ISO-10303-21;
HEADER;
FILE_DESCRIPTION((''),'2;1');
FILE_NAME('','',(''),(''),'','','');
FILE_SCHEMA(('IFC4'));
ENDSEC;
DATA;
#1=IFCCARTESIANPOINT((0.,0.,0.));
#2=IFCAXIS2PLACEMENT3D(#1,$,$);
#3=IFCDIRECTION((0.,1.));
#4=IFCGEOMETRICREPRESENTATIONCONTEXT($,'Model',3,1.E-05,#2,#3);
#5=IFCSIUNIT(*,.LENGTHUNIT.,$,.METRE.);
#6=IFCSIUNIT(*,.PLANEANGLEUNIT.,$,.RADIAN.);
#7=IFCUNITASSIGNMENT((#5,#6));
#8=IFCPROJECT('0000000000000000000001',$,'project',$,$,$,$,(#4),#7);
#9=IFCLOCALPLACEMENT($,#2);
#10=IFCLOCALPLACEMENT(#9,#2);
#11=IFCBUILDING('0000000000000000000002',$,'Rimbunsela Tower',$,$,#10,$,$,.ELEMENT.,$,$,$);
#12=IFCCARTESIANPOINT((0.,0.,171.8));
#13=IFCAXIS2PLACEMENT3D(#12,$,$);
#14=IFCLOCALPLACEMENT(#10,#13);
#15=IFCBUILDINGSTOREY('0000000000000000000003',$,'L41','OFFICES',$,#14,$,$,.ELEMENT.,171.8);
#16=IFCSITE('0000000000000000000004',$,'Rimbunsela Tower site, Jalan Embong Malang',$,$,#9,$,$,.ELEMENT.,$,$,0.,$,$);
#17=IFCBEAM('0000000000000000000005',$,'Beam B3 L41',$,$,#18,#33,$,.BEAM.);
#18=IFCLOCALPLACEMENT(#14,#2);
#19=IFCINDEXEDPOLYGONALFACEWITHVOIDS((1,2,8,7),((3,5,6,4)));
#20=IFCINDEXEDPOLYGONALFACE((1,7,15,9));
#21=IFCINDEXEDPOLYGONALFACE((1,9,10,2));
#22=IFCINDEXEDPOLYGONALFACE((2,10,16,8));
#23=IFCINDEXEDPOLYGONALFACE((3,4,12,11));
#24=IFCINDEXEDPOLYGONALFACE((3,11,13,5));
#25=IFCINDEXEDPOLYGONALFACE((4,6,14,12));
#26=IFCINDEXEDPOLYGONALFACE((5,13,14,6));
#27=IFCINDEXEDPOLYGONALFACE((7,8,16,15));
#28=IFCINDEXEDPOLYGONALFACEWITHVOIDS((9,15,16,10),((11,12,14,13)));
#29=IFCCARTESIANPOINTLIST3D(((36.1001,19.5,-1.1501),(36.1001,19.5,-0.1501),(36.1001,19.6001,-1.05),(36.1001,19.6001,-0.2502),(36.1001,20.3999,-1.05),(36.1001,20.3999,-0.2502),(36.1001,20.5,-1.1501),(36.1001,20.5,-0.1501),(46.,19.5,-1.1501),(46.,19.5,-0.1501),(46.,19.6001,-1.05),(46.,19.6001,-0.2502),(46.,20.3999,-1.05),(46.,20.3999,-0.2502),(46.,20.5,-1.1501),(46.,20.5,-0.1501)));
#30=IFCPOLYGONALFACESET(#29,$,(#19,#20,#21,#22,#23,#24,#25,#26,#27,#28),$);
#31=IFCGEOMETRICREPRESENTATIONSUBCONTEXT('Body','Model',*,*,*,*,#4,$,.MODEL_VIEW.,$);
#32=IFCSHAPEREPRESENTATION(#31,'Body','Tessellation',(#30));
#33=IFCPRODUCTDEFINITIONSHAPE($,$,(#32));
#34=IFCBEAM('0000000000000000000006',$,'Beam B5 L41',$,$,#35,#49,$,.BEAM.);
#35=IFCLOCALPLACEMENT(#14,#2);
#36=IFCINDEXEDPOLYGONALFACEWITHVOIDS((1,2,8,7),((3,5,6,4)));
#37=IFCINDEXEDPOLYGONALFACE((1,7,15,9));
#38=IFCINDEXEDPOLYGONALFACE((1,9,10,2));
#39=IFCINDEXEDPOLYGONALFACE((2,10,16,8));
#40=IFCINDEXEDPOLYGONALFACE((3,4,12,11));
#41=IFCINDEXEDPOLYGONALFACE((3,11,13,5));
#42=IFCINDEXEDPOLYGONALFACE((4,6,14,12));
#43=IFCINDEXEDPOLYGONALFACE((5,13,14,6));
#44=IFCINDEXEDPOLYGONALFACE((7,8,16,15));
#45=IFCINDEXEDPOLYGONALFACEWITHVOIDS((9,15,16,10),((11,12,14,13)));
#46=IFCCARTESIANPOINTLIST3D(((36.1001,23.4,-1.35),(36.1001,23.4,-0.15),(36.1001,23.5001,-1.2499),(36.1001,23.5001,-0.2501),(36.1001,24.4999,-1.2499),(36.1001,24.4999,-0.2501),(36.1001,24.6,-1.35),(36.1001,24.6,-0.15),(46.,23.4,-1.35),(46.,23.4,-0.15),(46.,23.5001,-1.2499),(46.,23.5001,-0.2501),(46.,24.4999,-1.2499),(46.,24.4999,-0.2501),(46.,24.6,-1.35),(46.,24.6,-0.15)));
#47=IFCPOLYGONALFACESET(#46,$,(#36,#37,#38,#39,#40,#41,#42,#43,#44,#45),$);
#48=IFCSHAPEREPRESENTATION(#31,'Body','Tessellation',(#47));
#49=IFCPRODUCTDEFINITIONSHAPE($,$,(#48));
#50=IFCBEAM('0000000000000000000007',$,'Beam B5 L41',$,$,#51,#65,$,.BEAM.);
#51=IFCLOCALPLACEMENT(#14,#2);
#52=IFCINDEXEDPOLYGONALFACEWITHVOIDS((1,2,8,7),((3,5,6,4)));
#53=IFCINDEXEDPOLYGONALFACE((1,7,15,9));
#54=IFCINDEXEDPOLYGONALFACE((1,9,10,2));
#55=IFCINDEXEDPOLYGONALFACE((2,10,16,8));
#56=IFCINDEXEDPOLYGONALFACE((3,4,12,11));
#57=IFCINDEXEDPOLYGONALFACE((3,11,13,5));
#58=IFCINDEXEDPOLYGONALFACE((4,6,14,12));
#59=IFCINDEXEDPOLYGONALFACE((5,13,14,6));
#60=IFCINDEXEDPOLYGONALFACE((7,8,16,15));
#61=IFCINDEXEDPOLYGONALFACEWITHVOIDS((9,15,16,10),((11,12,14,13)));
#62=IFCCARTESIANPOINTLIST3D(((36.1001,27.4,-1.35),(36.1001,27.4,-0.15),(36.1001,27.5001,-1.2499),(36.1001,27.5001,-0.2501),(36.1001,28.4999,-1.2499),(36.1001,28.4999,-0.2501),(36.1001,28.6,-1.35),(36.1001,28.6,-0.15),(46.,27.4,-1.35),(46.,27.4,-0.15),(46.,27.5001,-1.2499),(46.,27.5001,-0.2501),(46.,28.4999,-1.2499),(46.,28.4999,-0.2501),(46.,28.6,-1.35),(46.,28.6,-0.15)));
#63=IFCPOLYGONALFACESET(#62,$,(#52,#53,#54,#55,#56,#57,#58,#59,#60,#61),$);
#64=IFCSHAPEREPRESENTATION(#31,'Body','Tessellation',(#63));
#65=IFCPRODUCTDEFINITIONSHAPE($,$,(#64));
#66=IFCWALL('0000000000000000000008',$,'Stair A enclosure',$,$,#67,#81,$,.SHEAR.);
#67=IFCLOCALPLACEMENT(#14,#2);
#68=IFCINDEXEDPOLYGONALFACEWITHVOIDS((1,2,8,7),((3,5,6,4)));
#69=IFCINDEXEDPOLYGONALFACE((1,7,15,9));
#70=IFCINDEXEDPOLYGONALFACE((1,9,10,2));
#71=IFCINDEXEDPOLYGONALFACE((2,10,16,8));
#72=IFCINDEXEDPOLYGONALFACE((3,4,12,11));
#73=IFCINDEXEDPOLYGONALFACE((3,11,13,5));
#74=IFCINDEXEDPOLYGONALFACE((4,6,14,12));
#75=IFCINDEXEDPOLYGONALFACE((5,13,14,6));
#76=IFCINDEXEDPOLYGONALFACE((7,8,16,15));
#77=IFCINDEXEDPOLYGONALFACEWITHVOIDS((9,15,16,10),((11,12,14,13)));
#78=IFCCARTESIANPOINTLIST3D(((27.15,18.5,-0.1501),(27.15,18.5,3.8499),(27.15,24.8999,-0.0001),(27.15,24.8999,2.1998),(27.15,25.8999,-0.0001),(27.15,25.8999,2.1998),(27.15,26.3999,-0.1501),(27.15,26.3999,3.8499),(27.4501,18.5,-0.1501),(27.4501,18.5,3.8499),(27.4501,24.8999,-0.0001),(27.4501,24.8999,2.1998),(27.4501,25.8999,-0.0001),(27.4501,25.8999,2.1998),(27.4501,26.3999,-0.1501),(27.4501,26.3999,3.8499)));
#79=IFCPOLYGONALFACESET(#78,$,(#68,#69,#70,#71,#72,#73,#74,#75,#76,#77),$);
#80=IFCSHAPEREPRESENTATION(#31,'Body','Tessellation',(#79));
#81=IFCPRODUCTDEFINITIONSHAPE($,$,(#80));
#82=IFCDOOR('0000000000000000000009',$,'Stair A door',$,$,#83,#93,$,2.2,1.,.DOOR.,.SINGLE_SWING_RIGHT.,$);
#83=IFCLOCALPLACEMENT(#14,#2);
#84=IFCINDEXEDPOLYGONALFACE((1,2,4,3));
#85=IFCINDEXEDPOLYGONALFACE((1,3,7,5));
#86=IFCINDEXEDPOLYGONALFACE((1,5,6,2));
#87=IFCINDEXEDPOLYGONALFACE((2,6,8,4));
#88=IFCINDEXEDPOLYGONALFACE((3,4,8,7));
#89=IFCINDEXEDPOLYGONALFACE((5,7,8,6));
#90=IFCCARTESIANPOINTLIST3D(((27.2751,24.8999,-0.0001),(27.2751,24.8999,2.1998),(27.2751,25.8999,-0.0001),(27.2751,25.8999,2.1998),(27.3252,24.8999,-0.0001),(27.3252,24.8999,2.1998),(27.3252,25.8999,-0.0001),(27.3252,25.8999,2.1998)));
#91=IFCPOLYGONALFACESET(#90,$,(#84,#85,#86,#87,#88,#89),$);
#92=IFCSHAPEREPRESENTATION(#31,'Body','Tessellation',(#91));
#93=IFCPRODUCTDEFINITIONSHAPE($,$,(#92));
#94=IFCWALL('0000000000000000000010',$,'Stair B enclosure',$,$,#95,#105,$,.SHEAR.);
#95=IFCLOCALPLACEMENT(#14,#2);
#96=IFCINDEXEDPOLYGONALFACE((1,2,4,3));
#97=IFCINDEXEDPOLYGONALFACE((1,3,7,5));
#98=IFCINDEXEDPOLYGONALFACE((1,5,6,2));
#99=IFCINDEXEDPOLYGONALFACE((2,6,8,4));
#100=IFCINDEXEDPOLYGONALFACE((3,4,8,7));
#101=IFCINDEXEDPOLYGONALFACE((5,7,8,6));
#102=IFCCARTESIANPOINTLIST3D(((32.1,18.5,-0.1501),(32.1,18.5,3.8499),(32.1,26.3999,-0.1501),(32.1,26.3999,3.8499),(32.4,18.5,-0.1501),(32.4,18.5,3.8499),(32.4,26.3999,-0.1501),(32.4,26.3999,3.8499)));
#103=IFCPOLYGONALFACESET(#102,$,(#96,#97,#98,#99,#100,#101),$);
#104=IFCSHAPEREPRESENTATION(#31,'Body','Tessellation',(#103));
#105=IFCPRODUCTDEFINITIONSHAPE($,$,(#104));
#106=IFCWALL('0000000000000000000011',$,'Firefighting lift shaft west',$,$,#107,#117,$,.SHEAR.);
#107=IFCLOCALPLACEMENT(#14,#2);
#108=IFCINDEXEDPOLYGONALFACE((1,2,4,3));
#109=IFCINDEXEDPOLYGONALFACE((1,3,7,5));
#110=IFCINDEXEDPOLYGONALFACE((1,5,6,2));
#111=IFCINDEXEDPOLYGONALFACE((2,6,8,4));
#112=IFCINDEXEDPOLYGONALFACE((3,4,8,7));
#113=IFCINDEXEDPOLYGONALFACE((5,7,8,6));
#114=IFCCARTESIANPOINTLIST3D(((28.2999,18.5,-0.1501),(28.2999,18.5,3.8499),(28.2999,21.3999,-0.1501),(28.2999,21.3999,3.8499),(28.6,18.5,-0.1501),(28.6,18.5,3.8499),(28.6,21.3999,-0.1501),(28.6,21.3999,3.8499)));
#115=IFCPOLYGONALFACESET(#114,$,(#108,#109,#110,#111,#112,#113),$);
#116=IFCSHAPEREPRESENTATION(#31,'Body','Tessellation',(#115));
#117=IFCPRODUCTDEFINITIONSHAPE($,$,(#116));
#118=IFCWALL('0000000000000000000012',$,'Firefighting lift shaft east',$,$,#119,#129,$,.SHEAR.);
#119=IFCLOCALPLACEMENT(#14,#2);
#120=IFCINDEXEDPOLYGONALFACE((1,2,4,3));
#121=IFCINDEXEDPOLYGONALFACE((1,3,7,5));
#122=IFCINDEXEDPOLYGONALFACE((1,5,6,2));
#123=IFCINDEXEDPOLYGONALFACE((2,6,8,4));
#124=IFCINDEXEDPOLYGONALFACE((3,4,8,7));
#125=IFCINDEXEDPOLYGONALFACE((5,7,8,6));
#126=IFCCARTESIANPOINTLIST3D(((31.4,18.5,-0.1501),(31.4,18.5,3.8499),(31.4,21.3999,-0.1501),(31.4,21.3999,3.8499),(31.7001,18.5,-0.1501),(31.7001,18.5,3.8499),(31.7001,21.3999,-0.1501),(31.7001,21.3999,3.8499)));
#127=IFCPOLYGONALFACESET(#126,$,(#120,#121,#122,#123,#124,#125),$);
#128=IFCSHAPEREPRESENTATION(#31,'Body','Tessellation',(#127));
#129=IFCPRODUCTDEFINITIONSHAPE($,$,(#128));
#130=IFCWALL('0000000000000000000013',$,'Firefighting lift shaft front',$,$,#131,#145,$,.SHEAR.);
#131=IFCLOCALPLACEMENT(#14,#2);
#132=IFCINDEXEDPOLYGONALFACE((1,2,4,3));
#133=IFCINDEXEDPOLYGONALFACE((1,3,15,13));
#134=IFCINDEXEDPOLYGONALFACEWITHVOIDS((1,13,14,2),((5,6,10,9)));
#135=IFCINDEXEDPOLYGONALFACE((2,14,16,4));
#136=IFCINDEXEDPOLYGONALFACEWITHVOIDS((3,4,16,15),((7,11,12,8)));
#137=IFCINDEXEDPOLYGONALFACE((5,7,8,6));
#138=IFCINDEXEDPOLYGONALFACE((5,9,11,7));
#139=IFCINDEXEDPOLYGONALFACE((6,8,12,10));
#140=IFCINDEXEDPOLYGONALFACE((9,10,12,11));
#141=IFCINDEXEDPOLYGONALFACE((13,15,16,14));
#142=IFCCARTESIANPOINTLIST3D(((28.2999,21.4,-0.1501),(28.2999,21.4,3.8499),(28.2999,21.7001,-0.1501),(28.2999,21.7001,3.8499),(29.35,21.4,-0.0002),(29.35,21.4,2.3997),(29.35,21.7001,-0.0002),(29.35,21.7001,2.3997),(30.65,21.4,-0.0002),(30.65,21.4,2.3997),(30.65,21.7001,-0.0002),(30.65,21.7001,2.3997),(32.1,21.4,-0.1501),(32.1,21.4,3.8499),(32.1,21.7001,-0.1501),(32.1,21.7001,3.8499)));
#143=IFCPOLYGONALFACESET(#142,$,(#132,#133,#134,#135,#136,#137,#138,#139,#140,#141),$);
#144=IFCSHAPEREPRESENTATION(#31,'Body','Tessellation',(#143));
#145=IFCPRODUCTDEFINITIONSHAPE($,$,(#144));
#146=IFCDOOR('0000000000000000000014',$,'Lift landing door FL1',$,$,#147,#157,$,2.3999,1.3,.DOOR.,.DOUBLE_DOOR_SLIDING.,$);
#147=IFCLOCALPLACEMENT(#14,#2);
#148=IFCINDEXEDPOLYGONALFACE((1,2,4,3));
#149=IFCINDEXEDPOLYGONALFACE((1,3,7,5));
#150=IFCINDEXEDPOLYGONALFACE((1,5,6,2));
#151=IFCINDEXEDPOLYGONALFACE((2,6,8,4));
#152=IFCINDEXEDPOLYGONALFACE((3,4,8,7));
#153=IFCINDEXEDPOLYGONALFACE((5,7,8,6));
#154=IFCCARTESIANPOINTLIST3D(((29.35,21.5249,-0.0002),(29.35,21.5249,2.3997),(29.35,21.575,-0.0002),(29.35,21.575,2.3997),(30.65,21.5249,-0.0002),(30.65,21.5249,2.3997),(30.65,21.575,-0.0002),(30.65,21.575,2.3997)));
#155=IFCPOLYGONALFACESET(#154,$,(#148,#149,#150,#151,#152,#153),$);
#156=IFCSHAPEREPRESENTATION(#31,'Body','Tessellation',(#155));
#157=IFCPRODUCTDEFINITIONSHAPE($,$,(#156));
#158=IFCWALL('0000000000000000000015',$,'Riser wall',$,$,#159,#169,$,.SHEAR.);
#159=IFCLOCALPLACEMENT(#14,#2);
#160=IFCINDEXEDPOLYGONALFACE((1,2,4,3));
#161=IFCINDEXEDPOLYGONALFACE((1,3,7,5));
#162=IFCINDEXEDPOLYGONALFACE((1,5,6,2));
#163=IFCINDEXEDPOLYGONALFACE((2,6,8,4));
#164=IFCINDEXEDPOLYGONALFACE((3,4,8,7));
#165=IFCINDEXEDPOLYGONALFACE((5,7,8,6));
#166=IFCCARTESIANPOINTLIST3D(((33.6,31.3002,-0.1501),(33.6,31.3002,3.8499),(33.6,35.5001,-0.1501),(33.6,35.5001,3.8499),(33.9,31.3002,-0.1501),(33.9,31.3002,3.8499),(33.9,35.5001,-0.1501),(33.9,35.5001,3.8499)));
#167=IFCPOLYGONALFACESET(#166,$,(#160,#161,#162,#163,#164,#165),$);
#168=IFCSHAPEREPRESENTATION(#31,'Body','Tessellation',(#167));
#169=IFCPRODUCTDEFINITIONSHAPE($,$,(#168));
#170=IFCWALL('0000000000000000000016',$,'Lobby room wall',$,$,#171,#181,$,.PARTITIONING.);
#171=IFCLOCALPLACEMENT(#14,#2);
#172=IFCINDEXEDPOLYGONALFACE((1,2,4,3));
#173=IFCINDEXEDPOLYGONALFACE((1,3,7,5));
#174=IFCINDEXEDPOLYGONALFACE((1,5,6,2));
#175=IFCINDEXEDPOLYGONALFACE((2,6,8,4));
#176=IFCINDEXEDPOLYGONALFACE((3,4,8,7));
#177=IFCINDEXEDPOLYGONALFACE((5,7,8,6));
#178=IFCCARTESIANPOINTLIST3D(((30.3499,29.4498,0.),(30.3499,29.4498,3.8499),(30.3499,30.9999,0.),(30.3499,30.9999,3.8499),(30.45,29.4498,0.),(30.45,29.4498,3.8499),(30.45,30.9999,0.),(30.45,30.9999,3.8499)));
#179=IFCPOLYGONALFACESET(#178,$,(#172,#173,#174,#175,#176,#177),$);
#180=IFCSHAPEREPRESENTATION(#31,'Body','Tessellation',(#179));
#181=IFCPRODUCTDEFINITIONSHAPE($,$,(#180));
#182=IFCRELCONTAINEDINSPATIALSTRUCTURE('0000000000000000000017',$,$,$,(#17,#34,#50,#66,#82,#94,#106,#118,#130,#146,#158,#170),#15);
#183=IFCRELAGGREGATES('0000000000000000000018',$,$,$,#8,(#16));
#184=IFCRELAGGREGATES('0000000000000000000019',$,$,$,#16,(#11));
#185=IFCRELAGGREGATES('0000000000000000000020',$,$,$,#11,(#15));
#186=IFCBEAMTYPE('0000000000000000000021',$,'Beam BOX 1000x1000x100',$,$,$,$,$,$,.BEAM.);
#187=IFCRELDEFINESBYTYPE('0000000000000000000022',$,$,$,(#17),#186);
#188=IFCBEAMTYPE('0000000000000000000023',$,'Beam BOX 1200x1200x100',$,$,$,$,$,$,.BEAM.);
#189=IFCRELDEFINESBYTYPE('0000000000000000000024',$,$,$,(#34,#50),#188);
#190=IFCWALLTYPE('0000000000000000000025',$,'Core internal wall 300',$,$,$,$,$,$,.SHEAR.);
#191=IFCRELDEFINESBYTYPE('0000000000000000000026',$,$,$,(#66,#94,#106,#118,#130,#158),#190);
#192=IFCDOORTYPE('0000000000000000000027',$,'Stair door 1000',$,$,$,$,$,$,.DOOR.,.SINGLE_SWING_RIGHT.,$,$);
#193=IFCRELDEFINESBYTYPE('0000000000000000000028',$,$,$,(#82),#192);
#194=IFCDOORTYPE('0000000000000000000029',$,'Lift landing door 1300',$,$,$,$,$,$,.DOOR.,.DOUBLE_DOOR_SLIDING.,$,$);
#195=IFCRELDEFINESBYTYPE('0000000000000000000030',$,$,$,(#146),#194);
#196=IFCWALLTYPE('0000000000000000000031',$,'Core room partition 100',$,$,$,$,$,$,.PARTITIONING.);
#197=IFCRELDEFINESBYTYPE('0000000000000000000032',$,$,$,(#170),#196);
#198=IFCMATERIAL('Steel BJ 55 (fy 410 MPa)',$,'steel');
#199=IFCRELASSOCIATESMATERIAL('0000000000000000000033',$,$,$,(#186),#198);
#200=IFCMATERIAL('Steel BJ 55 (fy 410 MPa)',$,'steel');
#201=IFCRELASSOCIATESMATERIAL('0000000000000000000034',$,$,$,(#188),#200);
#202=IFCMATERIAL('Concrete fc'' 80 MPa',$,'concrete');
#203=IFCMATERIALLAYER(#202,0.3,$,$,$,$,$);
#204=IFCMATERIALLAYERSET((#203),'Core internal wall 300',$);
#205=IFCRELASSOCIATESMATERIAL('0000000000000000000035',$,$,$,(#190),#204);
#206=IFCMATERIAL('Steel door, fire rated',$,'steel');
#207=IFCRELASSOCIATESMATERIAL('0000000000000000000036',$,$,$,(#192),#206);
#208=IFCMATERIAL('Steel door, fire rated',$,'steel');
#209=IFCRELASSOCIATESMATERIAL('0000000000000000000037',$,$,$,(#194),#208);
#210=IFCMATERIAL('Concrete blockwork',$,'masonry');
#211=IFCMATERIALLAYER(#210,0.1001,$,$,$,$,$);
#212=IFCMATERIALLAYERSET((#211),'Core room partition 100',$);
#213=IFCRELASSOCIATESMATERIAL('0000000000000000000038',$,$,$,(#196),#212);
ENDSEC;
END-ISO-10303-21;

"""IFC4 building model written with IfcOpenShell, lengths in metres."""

from ifc_helpers import new_model, si_unit, direction, frame, frame_2d, origin, origin_2d, place, context, subcontext, project, spatial, rectangle, hollow_rectangle, extrude, material, layer, layer_set, material_profile, profile_set, type_object, element, fill, save


model = new_model("IFC4")

# Units and contexts
model_context = context("Model", 3, precision=1e-05, world=origin(), true_north=direction((0.0, 1.0)))
body_context = subcontext(model_context, "Body", "Model", "MODEL_VIEW")
ifc_project = project(units=[si_unit("LENGTHUNIT", "METRE"), si_unit("PLANEANGLEUNIT", "RADIAN")], contexts=[model_context])

# Site, building, storey
site_placement = place(None, origin())
site = spatial("IfcSite", under=ifc_project, at=site_placement, Name="Rimbunsela Tower site, Jalan Embong Malang", CompositionType="ELEMENT", RefElevation=0.0)
building_placement = place(site_placement, origin())
building = spatial("IfcBuilding", under=site, at=building_placement, Name="Rimbunsela Tower", CompositionType="ELEMENT")
storey_placement = place(building_placement, frame((0.0, 0.0, 171.8)))
storey = spatial("IfcBuildingStorey", under=building, at=storey_placement, Name="L41", Description="OFFICES", CompositionType="ELEMENT", Elevation=171.8)

# Beams
ifc_material_1 = material(Name="Steel BJ 55 (fy 410 MPa)", Category="steel")
ifc_material_profile_1 = material_profile(ifc_material_1, hollow_rectangle(XDim=1.0, YDim=1.0, WallThickness=0.1001, at=origin_2d()), Name="BOX 1000x1000x100")
ifc_profile_set_1 = profile_set([ifc_material_profile_1], Name="Steel BJ 55 (fy 410 MPa)")
beam_type_1 = type_object("IfcBeamType", Name="Beam BOX 1000x1000x100", PredefinedType="BEAM", material=ifc_profile_set_1)
beam_placement = place(storey_placement, frame((36.1001, 20.0, -0.6501), z_axis=(1.0, 0.0, 0.0), x_axis=(0.0, 1.0, 0.0)))
element("IfcBeam", 1, at=beam_placement, inside=storey, type_object=beam_type_1, Name="Beam B3 L41", PredefinedType="BEAM", context=body_context, shape_type="SweptSolid", body=[
    extrude(hollow_rectangle(XDim=1.0, YDim=1.0, WallThickness=0.1001, at=origin_2d()), origin(), (0.0, 0.0, 1.0), 9.8999),
])
ifc_material_2 = material(Name="Steel BJ 55 (fy 410 MPa)", Category="steel")
ifc_material_profile_2 = material_profile(ifc_material_2, hollow_rectangle(XDim=1.2, YDim=1.2, WallThickness=0.1001, at=origin_2d()), Name="BOX 1200x1200x100")
ifc_profile_set_2 = profile_set([ifc_material_profile_2], Name="Steel BJ 55 (fy 410 MPa)")
beam_type_2 = type_object("IfcBeamType", Name="Beam BOX 1200x1200x100", PredefinedType="BEAM", material=ifc_profile_set_2)
for number, where, z_axis, x_axis, name in (
    (2, (36.1001, 24.0, -0.75), (1.0, 0.0, 0.0), (0.0, 1.0, 0.0), "Beam B5 L41"),
    (3, (36.1001, 28.0, -0.75), (1.0, 0.0, 0.0), (0.0, 1.0, 0.0), "Beam B5 L41"),
):
    element("IfcBeam", number, at=place(storey_placement, frame(where, z_axis=z_axis, x_axis=x_axis)), inside=storey, type_object=beam_type_2, Name=name, PredefinedType="BEAM", context=body_context, shape_type="SweptSolid", body=[
        extrude(hollow_rectangle(XDim=1.2, YDim=1.2, WallThickness=0.1001, at=origin_2d()), origin(), (0.0, 0.0, 1.0), 9.8999),
    ])

# Wall, opening, door
ifc_material_3 = material(Name="Concrete fc' 80 MPa", Category="concrete")
ifc_layer_1 = layer(ifc_material_3, 0.3)
ifc_layer_set_1 = layer_set([ifc_layer_1], Name="Core internal wall 300")
wall_type_1 = type_object("IfcWallType", Name="Core internal wall 300", PredefinedType="SHEAR", material=ifc_layer_set_1)
wall_1_placement = place(storey_placement, frame((27.3, 18.5, -0.1501), z_axis=(0.0, 0.0, 1.0), x_axis=(0.0, 1.0, 0.0)))
wall_1 = element("IfcWall", 4, at=wall_1_placement, inside=storey, type_object=wall_type_1, Name="Stair A enclosure", PredefinedType="SHEAR", context=body_context, shape_type="SweptSolid", body=[
    extrude(rectangle(XDim=7.8999, YDim=0.3, at=frame_2d((3.95, 0.0))), origin(), (0.0, 0.0, 1.0), 4.0),
])
opening_1_placement = place(wall_1_placement, frame((6.3999, 0.0, 0.1499)))
opening_1 = element("IfcOpeningElement", 5, at=opening_1_placement, cuts=wall_1, PredefinedType="OPENING", context=body_context, shape_type="SweptSolid", body=[
    extrude(rectangle(XDim=1.0, YDim=2.2, at=frame_2d((0.5, 1.1001))), frame((0.0, 0.1599, 0.0), z_axis=(0.0, -1.0, 0.0), x_axis=(1.0, 0.0, 0.0)), (0.0, 0.0, 1.0), 0.3201),
])
ifc_material_4 = material(Name="Steel door, fire rated", Category="steel")
door_type_1 = type_object("IfcDoorType", Name="Stair door 1000", OperationType="SINGLE_SWING_RIGHT", PredefinedType="DOOR", material=ifc_material_4)
door_1_placement = place(opening_1_placement, origin())
door_1 = element("IfcDoor", 6, at=door_1_placement, inside=storey, type_object=door_type_1, Name="Stair A door", OperationType="SINGLE_SWING_RIGHT", OverallHeight=2.2, OverallWidth=1.0, PredefinedType="DOOR", context=body_context, shape_type="SweptSolid", body=[
    extrude(rectangle(XDim=1.0, YDim=2.2, at=frame_2d((0.5, 1.1001))), frame((0.0, 0.0249, 0.0), z_axis=(0.0, -1.0, 0.0), x_axis=(1.0, 0.0, 0.0)), (0.0, 0.0, 1.0), 0.05),
])
fill(opening_1, door_1)

# Walls
wall_2_placement = place(storey_placement, frame((32.25, 18.5, -0.1501), z_axis=(0.0, 0.0, 1.0), x_axis=(0.0, 1.0, 0.0)))
element("IfcWall", 7, at=wall_2_placement, inside=storey, type_object=wall_type_1, Name="Stair B enclosure", PredefinedType="SHEAR", context=body_context, shape_type="SweptSolid", body=[
    extrude(rectangle(XDim=7.8999, YDim=0.3, at=frame_2d((3.95, 0.0))), origin(), (0.0, 0.0, 1.0), 4.0),
])
for number, where, z_axis, x_axis, name in (
    (8, (28.45, 18.5, -0.1501), (0.0, 0.0, 1.0), (0.0, 1.0, 0.0), "Firefighting lift shaft west"),
    (9, (31.55, 18.5, -0.1501), (0.0, 0.0, 1.0), (0.0, 1.0, 0.0), "Firefighting lift shaft east"),
):
    element("IfcWall", number, at=place(storey_placement, frame(where, z_axis=z_axis, x_axis=x_axis)), inside=storey, type_object=wall_type_1, Name=name, PredefinedType="SHEAR", context=body_context, shape_type="SweptSolid", body=[
        extrude(rectangle(XDim=2.8999, YDim=0.3, at=frame_2d((1.45, 0.0))), origin(), (0.0, 0.0, 1.0), 4.0),
    ])

# Wall, opening, door
wall_3_placement = place(storey_placement, frame((28.3, 21.55, -0.1501), z_axis=(0.0, 0.0, 1.0), x_axis=(1.0, 0.0, 0.0)))
wall_3 = element("IfcWall", 10, at=wall_3_placement, inside=storey, type_object=wall_type_1, Name="Firefighting lift shaft front", PredefinedType="SHEAR", context=body_context, shape_type="SweptSolid", body=[
    extrude(rectangle(XDim=3.8, YDim=0.3, at=frame_2d((1.8999, 0.0))), origin(), (0.0, 0.0, 1.0), 4.0),
])
opening_2_placement = place(wall_3_placement, frame((1.05, 0.0, 0.1499)))
opening_2 = element("IfcOpeningElement", 11, at=opening_2_placement, cuts=wall_3, PredefinedType="OPENING", context=body_context, shape_type="SweptSolid", body=[
    extrude(rectangle(XDim=1.3, YDim=2.3999, at=frame_2d((0.6499, 1.2))), frame((0.0, 0.1599, 0.0), z_axis=(0.0, -1.0, 0.0), x_axis=(1.0, 0.0, 0.0)), (0.0, 0.0, 1.0), 0.3201),
])
ifc_material_5 = material(Name="Steel door, fire rated", Category="steel")
door_type_2 = type_object("IfcDoorType", Name="Lift landing door 1300", OperationType="DOUBLE_DOOR_SLIDING", PredefinedType="DOOR", material=ifc_material_5)
door_2_placement = place(opening_2_placement, origin())
door_2 = element("IfcDoor", 12, at=door_2_placement, inside=storey, type_object=door_type_2, Name="Lift landing door FL1", OperationType="DOUBLE_DOOR_SLIDING", OverallHeight=2.3999, OverallWidth=1.3, PredefinedType="DOOR", context=body_context, shape_type="SweptSolid", body=[
    extrude(rectangle(XDim=1.3, YDim=2.3999, at=frame_2d((0.6499, 1.2))), frame((0.0, 0.0249, 0.0), z_axis=(0.0, -1.0, 0.0), x_axis=(1.0, 0.0, 0.0)), (0.0, 0.0, 1.0), 0.05),
])
fill(opening_2, door_2)

# Walls
wall_4_placement = place(storey_placement, frame((33.75, 31.3, -0.1501), z_axis=(0.0, 0.0, 1.0), x_axis=(0.0, 1.0, 0.0)))
element("IfcWall", 13, at=wall_4_placement, inside=storey, type_object=wall_type_1, Name="Riser wall", PredefinedType="SHEAR", context=body_context, shape_type="SweptSolid", body=[
    extrude(rectangle(XDim=4.2, YDim=0.3, at=frame_2d((2.1001, 0.0))), origin(), (0.0, 0.0, 1.0), 4.0),
])
ifc_material_6 = material(Name="Concrete blockwork", Category="masonry")
ifc_layer_2 = layer(ifc_material_6, 0.1001)
ifc_layer_set_2 = layer_set([ifc_layer_2], Name="Core room partition 100")
wall_type_2 = type_object("IfcWallType", Name="Core room partition 100", PredefinedType="PARTITIONING", material=ifc_layer_set_2)
wall_5_placement = place(storey_placement, frame((30.3999, 29.45, 0.0), z_axis=(0.0, 0.0, 1.0), x_axis=(0.0, 1.0, 0.0)))
element("IfcWall", 14, at=wall_5_placement, inside=storey, type_object=wall_type_2, Name="Lobby room wall", PredefinedType="PARTITIONING", context=body_context, shape_type="SweptSolid", body=[
    extrude(rectangle(XDim=1.55, YDim=0.1001, at=frame_2d((0.7749, 0.0))), origin(), (0.0, 0.0, 1.0), 3.8499),
])

save(model, "model.ifc")
